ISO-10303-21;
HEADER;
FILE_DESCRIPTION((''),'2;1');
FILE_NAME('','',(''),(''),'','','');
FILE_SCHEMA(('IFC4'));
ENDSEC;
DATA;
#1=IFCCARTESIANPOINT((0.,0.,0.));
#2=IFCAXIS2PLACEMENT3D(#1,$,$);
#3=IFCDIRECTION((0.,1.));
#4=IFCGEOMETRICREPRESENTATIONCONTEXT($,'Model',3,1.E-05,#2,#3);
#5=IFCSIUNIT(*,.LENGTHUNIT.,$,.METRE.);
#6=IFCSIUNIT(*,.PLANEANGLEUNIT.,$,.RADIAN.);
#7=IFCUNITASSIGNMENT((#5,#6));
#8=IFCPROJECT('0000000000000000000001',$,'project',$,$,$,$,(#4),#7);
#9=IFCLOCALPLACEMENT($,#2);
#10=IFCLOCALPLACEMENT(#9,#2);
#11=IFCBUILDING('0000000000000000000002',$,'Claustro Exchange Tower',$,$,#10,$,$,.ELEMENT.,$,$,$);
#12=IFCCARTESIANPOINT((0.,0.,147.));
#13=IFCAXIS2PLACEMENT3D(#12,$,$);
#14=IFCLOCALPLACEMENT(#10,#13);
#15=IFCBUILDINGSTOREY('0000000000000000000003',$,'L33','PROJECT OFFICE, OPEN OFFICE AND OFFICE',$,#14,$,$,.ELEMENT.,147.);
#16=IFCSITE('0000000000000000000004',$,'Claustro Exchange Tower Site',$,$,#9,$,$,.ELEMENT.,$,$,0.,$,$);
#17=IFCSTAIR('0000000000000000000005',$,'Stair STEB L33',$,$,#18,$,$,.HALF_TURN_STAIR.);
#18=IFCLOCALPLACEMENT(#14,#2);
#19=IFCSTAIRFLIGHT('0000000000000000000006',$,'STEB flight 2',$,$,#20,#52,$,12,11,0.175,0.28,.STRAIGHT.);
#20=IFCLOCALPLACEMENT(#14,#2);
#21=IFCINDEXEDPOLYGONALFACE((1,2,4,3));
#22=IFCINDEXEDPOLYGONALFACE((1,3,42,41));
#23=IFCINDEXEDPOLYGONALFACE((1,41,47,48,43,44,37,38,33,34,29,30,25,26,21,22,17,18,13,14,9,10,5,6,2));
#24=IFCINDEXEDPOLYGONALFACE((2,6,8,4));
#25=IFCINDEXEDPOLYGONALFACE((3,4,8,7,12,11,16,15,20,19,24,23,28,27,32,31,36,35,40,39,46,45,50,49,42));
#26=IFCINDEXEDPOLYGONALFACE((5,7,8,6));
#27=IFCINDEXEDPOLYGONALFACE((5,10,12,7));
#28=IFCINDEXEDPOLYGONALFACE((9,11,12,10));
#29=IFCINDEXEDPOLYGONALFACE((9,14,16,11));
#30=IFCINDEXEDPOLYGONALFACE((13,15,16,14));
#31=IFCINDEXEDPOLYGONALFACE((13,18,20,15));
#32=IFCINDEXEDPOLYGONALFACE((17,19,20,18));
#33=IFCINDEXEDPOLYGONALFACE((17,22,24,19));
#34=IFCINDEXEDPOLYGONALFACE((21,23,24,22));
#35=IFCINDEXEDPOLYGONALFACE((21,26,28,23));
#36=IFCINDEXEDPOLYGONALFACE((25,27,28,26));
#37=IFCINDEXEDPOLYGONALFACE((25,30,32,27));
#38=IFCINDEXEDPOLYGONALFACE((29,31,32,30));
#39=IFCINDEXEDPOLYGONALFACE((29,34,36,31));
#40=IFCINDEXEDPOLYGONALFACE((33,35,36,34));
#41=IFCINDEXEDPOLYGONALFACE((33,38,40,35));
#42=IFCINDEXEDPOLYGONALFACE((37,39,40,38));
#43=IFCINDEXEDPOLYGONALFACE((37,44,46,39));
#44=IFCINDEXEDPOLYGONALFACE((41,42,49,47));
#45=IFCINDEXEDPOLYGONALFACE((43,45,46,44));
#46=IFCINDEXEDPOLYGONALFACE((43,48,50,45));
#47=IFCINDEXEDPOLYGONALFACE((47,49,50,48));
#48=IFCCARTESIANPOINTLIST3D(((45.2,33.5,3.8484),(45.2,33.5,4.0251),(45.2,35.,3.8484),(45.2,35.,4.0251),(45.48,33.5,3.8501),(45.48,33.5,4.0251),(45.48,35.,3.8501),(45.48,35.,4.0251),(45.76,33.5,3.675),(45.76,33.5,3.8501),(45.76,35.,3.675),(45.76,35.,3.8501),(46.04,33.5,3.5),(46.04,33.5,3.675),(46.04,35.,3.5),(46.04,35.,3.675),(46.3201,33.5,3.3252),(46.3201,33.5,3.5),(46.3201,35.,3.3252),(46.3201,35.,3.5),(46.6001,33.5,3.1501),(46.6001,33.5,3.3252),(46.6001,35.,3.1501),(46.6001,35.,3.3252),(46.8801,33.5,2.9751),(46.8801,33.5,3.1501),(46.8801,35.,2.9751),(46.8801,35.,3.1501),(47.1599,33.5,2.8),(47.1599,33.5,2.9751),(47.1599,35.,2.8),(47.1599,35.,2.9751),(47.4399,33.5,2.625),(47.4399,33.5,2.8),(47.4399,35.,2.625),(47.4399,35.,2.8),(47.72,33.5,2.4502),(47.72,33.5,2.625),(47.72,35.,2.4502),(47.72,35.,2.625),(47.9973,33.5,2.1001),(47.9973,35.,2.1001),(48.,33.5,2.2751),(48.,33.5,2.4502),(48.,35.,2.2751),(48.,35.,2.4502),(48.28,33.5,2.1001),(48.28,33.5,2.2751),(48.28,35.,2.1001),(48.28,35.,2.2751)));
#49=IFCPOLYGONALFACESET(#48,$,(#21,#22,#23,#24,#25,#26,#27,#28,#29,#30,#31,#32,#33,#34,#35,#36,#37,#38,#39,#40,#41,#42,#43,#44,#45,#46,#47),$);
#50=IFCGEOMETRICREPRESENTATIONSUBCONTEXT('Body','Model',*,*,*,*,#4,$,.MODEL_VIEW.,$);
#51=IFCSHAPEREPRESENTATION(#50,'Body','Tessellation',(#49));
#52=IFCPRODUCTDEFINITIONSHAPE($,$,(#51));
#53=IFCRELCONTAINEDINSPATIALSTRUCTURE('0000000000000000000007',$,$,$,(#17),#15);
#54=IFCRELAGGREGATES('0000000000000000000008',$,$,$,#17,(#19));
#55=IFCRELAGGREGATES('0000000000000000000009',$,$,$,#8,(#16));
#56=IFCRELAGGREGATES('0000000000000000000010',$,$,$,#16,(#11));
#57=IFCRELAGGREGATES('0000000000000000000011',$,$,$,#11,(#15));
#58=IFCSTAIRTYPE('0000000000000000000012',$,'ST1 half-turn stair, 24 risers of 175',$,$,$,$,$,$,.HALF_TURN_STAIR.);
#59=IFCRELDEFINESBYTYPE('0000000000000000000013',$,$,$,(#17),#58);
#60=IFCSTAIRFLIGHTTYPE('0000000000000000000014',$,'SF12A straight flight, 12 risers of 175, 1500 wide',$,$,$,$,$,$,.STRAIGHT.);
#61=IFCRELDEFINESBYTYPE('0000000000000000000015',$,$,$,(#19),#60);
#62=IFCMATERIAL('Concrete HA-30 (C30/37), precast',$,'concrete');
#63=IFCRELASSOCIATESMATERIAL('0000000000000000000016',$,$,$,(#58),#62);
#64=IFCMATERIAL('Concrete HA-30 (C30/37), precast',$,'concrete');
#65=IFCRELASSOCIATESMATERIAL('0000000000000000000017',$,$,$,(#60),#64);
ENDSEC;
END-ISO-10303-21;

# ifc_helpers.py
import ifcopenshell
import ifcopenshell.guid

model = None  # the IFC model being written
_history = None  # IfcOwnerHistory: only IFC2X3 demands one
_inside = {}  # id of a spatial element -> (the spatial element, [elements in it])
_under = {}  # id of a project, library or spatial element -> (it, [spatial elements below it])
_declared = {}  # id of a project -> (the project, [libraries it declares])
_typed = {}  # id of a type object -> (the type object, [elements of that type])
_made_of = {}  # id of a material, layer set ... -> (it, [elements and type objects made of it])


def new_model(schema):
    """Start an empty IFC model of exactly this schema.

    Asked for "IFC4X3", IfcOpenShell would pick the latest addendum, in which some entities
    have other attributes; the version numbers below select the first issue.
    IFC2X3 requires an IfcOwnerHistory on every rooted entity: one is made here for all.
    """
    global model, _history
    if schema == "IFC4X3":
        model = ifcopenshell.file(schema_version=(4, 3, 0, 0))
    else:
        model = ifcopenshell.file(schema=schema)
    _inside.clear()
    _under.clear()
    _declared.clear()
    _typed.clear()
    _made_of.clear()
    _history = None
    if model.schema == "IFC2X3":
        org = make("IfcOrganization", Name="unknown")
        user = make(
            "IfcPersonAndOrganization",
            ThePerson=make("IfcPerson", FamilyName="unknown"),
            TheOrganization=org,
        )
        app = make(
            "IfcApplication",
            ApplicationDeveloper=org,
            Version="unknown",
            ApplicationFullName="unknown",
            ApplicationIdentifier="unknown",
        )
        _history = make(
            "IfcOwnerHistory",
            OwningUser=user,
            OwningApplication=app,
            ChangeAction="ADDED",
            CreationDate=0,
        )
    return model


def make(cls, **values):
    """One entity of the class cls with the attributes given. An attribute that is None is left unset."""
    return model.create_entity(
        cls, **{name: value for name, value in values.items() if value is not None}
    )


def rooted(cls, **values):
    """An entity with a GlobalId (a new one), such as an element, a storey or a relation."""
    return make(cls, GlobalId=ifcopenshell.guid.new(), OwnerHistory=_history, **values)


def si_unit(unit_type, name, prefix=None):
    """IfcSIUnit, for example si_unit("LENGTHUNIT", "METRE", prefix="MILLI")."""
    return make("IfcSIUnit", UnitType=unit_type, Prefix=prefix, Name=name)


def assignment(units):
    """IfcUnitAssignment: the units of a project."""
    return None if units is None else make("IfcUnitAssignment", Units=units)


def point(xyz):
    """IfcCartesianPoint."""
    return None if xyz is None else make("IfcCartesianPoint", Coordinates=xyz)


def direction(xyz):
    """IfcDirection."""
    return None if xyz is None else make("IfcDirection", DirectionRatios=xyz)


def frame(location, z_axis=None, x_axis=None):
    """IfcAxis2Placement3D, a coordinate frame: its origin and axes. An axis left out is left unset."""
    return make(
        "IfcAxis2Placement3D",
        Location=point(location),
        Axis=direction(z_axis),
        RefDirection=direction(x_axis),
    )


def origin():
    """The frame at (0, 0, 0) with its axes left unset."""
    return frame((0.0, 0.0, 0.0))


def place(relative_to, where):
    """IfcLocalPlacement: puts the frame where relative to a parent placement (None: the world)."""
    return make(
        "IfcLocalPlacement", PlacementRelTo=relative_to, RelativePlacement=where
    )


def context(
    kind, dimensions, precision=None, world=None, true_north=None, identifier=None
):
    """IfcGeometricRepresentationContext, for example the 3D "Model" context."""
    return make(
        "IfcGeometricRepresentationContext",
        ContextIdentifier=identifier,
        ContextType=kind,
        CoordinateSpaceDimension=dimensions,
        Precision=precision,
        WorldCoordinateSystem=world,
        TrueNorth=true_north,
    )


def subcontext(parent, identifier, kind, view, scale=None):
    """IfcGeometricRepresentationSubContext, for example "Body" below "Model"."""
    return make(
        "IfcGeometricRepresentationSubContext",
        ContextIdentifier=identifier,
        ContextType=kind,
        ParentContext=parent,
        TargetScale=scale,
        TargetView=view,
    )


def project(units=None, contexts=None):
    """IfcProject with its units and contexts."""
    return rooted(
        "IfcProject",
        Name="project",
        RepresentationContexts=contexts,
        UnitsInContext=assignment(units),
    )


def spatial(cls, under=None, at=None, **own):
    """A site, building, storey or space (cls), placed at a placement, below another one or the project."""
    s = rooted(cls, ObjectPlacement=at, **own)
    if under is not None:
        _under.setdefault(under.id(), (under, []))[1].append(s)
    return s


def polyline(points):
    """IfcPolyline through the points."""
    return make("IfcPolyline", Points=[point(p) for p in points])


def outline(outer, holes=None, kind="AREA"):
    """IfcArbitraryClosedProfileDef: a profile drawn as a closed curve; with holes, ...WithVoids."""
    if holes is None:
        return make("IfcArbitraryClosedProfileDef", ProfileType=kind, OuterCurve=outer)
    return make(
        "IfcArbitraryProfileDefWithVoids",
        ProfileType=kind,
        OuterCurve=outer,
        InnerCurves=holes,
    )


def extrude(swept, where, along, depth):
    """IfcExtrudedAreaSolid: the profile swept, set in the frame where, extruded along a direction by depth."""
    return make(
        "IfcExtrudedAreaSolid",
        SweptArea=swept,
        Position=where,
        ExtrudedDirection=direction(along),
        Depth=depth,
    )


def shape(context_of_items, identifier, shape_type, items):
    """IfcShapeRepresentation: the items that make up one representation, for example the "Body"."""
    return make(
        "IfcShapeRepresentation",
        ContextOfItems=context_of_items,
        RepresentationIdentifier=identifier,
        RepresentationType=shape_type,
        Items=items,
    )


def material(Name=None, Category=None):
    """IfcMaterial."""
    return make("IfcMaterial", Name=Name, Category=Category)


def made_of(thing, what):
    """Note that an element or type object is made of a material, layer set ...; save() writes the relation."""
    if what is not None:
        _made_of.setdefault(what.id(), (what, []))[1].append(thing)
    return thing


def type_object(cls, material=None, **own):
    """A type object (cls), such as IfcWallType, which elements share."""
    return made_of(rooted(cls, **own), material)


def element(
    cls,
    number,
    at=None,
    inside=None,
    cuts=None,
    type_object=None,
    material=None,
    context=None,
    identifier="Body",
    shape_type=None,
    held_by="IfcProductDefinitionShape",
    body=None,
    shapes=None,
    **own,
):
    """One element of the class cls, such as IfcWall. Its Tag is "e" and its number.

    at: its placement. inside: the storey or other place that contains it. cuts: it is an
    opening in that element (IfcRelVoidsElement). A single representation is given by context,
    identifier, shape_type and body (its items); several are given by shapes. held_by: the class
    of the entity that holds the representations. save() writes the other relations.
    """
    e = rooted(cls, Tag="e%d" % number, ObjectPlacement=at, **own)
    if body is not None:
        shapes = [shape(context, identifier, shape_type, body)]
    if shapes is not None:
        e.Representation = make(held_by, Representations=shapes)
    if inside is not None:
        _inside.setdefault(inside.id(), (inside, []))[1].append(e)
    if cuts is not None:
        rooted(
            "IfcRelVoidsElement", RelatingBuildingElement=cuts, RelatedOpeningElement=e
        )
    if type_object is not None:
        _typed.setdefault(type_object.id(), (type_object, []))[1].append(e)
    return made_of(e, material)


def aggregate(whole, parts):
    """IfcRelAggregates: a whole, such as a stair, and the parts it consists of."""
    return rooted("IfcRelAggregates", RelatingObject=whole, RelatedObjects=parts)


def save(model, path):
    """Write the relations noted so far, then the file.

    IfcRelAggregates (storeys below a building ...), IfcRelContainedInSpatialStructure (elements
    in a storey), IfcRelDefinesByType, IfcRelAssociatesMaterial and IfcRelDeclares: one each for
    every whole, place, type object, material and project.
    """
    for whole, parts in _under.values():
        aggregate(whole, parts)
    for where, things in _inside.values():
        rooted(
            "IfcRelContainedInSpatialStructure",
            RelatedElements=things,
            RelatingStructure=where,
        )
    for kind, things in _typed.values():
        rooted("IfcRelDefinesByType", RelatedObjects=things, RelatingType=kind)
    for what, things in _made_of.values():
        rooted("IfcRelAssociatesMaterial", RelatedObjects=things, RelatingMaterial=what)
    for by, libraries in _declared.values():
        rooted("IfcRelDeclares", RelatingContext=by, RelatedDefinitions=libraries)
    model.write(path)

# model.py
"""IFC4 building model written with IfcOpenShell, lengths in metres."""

from ifc_helpers import new_model, si_unit, direction, frame, origin, place, context, subcontext, project, spatial, polyline, outline, extrude, material, type_object, element, aggregate, save


model = new_model("IFC4")

# Units and contexts
model_context = context("Model", 3, precision=1e-05, world=origin(), true_north=direction((0.0, 1.0)))
body_context = subcontext(model_context, "Body", "Model", "MODEL_VIEW")
ifc_project = project(units=[si_unit("LENGTHUNIT", "METRE"), si_unit("PLANEANGLEUNIT", "RADIAN")], contexts=[model_context])

# Site, building, storey
site_placement = place(None, origin())
site = spatial("IfcSite", under=ifc_project, at=site_placement, Name="Claustro Exchange Tower Site", CompositionType="ELEMENT", RefElevation=0.0)
building_placement = place(site_placement, origin())
building = spatial("IfcBuilding", under=site, at=building_placement, Name="Claustro Exchange Tower", CompositionType="ELEMENT")
storey_placement = place(building_placement, frame((0.0, 0.0, 147.0)))
storey = spatial("IfcBuildingStorey", under=building, at=storey_placement, Name="L33", Description="PROJECT OFFICE, OPEN OFFICE AND OFFICE", CompositionType="ELEMENT", Elevation=147.0)

# Stair, stair flight
ifc_material_1 = material(Name="Concrete HA-30 (C30/37), precast", Category="concrete")
stair_type = type_object("IfcStairType", Name="ST1 half-turn stair, 24 risers of 175", PredefinedType="HALF_TURN_STAIR", material=ifc_material_1)
stair_placement = place(storey_placement, origin())
stair = element("IfcStair", 1, at=stair_placement, inside=storey, type_object=stair_type, Name="Stair STEB L33", PredefinedType="HALF_TURN_STAIR")
ifc_material_2 = material(Name="Concrete HA-30 (C30/37), precast", Category="concrete")
stair_flight_type = type_object("IfcStairFlightType", Name="SF12A straight flight, 12 risers of 175, 1500 wide", PredefinedType="STRAIGHT", material=ifc_material_2)
stair_flight_1_placement = place(storey_placement, frame((48.28, 34.25, 2.1001), z_axis=(0.0, 0.0, 1.0), x_axis=(-1.0, 0.0, 0.0)))
stair_flight_1 = element("IfcStairFlight", 2, at=stair_flight_1_placement, type_object=stair_flight_type, Name="STEB flight 2", NumberOfRisers=12, NumberOfTreads=11, PredefinedType="STRAIGHT", RiserHeight=0.175, TreadLength=0.28, context=body_context, shape_type="SweptSolid", body=[
    extrude(outline(polyline([(0.0, 0.0), (0.0, 0.175), (0.28, 0.175), (0.28, 0.3501), (0.5601, 0.3501), (0.5601, 0.5249), (0.8401, 0.5249), (0.8401, 0.7), (1.1201, 0.7), (1.1201, 0.875), (1.3999, 0.875), (1.3999, 1.05), (1.6799, 1.05), (1.6799, 1.2251), (1.96, 1.2251), (1.96, 1.3999), (2.24, 1.3999), (2.24, 1.575), (2.52, 1.575), (2.52, 1.75), (2.8, 1.75), (2.8, 1.925), (3.0801, 1.925), (3.0801, 2.1001), (3.0801, 1.7483), (0.2827, 0.0), (0.0, 0.0)])), frame((0.0, 0.75, 0.0), z_axis=(0.0, -1.0, 0.0), x_axis=(1.0, 0.0, 0.0)), (0.0, 0.0, 1.0), 1.5),
])
aggregate(stair, [stair_flight_1])

save(model, "model.ifc")
